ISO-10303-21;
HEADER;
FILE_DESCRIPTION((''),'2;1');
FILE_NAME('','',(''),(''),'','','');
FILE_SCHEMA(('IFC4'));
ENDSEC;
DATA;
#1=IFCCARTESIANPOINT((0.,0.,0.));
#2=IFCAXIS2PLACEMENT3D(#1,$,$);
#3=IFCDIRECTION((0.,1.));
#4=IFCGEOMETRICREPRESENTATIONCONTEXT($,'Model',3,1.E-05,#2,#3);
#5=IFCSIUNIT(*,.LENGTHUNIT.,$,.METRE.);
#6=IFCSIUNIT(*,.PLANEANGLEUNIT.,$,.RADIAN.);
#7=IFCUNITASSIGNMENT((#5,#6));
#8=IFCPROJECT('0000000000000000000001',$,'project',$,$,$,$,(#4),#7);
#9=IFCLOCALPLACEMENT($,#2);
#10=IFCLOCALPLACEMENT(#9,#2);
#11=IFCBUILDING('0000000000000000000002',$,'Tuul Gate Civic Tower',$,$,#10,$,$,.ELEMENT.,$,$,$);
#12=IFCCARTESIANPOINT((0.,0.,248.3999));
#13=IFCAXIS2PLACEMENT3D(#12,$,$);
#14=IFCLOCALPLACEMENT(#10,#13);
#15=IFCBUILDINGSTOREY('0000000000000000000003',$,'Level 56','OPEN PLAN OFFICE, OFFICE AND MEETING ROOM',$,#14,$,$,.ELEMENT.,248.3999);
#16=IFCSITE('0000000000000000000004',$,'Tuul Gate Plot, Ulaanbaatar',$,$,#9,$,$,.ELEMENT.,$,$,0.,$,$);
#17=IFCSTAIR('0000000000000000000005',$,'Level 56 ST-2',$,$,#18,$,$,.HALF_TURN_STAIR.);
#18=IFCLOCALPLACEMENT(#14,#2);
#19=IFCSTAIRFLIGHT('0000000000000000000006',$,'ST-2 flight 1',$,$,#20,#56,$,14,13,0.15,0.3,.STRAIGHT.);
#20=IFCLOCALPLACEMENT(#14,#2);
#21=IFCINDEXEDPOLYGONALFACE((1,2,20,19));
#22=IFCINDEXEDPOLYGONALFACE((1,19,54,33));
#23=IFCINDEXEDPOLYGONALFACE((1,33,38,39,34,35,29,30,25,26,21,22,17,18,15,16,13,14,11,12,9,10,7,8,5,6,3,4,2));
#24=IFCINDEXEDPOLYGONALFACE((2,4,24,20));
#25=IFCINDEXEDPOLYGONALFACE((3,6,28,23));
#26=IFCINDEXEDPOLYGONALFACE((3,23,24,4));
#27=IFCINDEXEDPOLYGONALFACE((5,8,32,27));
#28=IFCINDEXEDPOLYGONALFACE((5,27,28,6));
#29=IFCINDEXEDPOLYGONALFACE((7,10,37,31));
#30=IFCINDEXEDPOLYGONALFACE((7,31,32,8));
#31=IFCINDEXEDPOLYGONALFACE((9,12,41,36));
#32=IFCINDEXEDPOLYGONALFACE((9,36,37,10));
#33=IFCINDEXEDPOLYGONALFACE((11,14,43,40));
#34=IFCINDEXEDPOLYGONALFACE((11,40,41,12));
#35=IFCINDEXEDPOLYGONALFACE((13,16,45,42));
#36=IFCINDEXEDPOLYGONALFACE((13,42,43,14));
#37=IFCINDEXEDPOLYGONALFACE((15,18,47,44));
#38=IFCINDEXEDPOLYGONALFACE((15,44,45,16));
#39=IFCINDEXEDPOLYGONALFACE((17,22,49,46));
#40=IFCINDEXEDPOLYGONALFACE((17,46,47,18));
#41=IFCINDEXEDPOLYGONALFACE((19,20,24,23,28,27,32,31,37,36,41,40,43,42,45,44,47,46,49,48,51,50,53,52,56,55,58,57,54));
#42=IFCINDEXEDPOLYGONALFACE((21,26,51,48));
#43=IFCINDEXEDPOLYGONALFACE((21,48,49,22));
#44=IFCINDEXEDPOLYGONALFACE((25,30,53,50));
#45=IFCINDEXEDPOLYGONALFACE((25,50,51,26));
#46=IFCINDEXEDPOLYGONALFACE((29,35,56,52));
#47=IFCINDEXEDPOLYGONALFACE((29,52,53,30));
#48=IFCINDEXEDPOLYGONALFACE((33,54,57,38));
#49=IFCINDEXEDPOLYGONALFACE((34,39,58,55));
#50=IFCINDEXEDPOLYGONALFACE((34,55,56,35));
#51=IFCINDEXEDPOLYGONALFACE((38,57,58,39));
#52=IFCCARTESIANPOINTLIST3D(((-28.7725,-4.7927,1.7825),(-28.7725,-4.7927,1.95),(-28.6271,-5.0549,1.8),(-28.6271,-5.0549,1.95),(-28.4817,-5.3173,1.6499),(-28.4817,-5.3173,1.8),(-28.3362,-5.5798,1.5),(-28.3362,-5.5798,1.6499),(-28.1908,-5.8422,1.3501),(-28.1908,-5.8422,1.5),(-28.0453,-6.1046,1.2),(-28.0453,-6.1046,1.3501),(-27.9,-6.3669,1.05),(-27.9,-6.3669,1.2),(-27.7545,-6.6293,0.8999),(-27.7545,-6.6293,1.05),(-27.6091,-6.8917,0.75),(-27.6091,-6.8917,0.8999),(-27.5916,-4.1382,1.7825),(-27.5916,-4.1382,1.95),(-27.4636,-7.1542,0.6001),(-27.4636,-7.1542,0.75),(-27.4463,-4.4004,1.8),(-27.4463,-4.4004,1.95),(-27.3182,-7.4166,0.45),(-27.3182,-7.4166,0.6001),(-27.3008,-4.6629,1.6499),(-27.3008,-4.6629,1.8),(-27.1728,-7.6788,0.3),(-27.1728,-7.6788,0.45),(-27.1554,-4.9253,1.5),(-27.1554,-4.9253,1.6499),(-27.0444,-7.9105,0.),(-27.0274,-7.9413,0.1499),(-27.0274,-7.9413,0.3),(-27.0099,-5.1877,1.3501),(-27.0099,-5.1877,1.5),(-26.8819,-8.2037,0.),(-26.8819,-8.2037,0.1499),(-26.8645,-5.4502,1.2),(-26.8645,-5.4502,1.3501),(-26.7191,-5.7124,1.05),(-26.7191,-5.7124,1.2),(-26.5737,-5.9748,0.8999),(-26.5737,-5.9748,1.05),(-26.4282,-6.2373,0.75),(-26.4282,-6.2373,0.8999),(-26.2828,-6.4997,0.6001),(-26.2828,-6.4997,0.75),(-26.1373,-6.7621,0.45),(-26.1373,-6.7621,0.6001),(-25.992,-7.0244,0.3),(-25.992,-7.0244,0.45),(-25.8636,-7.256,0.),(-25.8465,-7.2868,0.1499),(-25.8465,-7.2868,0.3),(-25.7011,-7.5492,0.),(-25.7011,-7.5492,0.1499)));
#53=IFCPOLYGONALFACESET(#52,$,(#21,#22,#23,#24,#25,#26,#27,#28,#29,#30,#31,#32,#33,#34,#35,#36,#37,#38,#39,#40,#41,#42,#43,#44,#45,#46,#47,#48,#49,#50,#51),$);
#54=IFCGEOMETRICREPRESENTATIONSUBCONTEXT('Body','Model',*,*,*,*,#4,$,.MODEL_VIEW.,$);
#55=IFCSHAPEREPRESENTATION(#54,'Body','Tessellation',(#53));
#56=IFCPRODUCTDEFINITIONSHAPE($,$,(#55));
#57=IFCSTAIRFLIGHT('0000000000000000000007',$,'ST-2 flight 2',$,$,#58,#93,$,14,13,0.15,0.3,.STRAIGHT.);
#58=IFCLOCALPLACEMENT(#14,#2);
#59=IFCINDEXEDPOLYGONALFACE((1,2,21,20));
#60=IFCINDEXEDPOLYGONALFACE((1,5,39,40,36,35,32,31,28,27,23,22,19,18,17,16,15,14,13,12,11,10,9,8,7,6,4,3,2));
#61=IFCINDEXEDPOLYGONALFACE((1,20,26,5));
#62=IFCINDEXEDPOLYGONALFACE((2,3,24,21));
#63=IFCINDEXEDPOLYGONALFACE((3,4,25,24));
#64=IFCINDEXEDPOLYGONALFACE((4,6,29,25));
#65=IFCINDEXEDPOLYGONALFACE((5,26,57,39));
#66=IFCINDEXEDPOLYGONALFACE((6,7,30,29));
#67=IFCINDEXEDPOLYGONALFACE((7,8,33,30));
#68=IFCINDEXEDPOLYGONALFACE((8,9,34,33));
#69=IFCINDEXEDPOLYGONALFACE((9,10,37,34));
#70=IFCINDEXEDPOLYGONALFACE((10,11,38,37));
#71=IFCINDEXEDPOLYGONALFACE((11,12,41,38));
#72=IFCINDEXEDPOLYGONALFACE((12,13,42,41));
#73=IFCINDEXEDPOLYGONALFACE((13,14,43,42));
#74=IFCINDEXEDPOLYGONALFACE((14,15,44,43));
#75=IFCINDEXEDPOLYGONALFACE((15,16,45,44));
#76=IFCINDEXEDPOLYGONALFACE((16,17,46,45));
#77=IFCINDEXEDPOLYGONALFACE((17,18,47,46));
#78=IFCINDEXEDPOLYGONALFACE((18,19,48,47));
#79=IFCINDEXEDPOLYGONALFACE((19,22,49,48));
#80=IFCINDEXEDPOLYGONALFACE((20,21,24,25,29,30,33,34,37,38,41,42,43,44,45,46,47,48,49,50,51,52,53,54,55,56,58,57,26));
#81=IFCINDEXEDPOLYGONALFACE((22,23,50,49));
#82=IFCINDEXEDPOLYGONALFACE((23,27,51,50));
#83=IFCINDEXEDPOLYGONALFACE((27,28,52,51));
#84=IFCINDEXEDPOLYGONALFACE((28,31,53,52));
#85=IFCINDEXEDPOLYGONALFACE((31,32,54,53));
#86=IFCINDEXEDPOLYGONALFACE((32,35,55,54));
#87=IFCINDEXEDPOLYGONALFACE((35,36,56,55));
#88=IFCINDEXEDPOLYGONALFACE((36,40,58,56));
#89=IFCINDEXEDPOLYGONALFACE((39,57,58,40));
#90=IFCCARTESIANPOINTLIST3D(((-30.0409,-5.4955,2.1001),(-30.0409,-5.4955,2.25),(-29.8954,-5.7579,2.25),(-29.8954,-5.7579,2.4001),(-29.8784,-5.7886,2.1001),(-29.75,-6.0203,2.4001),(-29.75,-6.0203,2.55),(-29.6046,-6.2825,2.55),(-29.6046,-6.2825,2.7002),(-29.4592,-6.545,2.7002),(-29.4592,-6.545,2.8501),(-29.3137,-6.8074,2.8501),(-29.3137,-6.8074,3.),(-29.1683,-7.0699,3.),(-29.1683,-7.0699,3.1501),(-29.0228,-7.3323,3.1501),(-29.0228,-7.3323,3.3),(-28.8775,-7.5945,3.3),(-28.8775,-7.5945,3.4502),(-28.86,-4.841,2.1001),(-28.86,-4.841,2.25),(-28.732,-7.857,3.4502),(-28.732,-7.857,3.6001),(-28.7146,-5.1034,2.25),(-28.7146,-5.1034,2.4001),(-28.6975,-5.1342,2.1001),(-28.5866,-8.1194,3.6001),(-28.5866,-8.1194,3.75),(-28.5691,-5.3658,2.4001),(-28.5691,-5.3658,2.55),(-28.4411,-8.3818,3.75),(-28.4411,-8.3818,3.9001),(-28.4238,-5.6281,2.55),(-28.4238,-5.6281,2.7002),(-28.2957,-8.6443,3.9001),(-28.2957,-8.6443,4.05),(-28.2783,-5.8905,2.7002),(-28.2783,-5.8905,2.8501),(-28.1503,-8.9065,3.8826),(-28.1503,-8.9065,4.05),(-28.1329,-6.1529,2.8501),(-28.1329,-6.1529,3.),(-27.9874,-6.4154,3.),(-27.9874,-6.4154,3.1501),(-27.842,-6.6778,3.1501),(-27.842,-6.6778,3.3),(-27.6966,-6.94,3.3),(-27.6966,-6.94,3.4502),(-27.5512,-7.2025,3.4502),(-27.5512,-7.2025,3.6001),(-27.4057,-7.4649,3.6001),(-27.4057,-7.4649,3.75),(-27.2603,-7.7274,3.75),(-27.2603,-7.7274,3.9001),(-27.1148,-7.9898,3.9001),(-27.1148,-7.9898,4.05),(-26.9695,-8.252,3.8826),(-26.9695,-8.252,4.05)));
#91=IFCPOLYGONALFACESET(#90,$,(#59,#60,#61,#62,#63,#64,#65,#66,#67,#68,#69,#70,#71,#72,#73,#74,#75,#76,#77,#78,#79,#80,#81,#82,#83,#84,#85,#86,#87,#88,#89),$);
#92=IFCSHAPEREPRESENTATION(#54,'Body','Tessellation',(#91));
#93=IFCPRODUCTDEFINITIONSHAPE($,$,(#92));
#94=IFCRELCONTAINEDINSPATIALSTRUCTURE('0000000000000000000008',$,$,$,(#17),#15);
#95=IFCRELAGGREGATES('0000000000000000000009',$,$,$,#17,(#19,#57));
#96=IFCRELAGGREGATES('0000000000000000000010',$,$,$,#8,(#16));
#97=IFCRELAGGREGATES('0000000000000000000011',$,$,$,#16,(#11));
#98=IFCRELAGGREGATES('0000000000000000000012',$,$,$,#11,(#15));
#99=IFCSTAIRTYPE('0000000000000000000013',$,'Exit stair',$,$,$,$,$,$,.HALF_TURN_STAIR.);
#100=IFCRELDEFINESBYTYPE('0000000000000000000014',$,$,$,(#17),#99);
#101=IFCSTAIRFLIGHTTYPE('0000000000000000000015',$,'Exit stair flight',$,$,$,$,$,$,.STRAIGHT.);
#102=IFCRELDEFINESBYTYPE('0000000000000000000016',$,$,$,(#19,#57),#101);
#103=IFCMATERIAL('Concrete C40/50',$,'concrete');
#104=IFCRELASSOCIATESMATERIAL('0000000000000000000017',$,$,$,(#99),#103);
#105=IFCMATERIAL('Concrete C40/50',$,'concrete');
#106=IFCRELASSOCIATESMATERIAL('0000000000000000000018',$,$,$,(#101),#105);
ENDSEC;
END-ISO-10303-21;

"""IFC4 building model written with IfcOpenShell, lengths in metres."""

from ifc_helpers import new_model, si_unit, direction, frame, origin, place, context, subcontext, project, spatial, polyline, outline, extrude, material, type_object, element, aggregate, save


model = new_model("IFC4")

# Units and contexts
model_context = context("Model", 3, precision=1e-05, world=origin(), true_north=direction((0.0, 1.0)))
body_context = subcontext(model_context, "Body", "Model", "MODEL_VIEW")
ifc_project = project(units=[si_unit("LENGTHUNIT", "METRE"), si_unit("PLANEANGLEUNIT", "RADIAN")], contexts=[model_context])

# Site, building, storey
site_placement = place(None, origin())
site = spatial("IfcSite", under=ifc_project, at=site_placement, Name="Tuul Gate Plot, Ulaanbaatar", CompositionType="ELEMENT", RefElevation=0.0)
building_placement = place(site_placement, origin())
building = spatial("IfcBuilding", under=site, at=building_placement, Name="Tuul Gate Civic Tower", CompositionType="ELEMENT")
storey_placement = place(building_placement, frame((0.0, 0.0, 248.3999)))
storey = spatial("IfcBuildingStorey", under=building, at=storey_placement, Name="Level 56", Description="OPEN PLAN OFFICE, OFFICE AND MEETING ROOM", CompositionType="ELEMENT", Elevation=248.3999)

# Stair, stair flights
ifc_material_1 = material(Name="Concrete C40/50", Category="concrete")
stair_type = type_object("IfcStairType", Name="Exit stair", PredefinedType="HALF_TURN_STAIR", material=ifc_material_1)
stair_placement = place(storey_placement, origin())
stair = element("IfcStair", 1, at=stair_placement, inside=storey, type_object=stair_type, Name="Level 56 ST-2", PredefinedType="HALF_TURN_STAIR")
ifc_material_2 = material(Name="Concrete C40/50", Category="concrete")
stair_flight_type = type_object("IfcStairFlightType", Name="Exit stair flight", PredefinedType="STRAIGHT", material=ifc_material_2)
stair_flight_1_placement = place(storey_placement, frame((-26.2915, -7.8765, 0.0), z_axis=(0.0, 0.0, 1.0), x_axis=(-0.484762, 0.874646, 0.0)))
stair_flight_1 = element("IfcStairFlight", 2, at=stair_flight_1_placement, type_object=stair_flight_type, Name="ST-2 flight 1", NumberOfRisers=14, NumberOfTreads=13, PredefinedType="STRAIGHT", RiserHeight=0.15, TreadLength=0.3, context=body_context, shape_type="SweptSolid", body=[
    extrude(outline(polyline([(0.0, 0.0), (0.0, 0.1499), (0.3, 0.1499), (0.3, 0.3), (0.6001, 0.3), (0.6001, 0.45), (0.8999, 0.45), (0.8999, 0.6001), (1.2, 0.6001), (1.2, 0.75), (1.5, 0.75), (1.5, 0.8999), (1.8, 0.8999), (1.8, 1.05), (2.1001, 1.05), (2.1001, 1.2), (2.3999, 1.2), (2.3999, 1.3501), (2.7, 1.3501), (2.7, 1.5), (3.0, 1.5), (3.0, 1.6499), (3.3, 1.6499), (3.3, 1.8), (3.6001, 1.8), (3.6001, 1.95), (3.8999, 1.95), (3.8999, 2.1001), (3.8999, 1.7825), (0.3352, 0.0), (0.0, 0.0)])), frame((0.0, 0.675, 0.0), z_axis=(0.0, -1.0, 0.0), x_axis=(1.0, 0.0, 0.0)), (0.0, 0.0, 1.0), 1.3501),
])
stair_flight_2_placement = place(storey_placement, frame((-29.4504, -5.1682, 2.1001), z_axis=(0.0, 0.0, 1.0), x_axis=(0.484762, -0.874646, 0.0)))
stair_flight_2 = element("IfcStairFlight", 3, at=stair_flight_2_placement, type_object=stair_flight_type, Name="ST-2 flight 2", NumberOfRisers=14, NumberOfTreads=13, PredefinedType="STRAIGHT", RiserHeight=0.15, TreadLength=0.3, context=body_context, shape_type="SweptSolid", body=[
    extrude(outline(polyline([(0.0, 0.0), (0.0, 0.1499), (0.3, 0.1499), (0.3, 0.3), (0.6001, 0.3), (0.6001, 0.45), (0.8999, 0.45), (0.8999, 0.6001), (1.2, 0.6001), (1.2, 0.75), (1.5, 0.75), (1.5, 0.8999), (1.8, 0.8999), (1.8, 1.05), (2.1001, 1.05), (2.1001, 1.2), (2.3999, 1.2), (2.3999, 1.3501), (2.7, 1.3501), (2.7, 1.5), (3.0, 1.5), (3.0, 1.6499), (3.3, 1.6499), (3.3, 1.8), (3.6001, 1.8), (3.6001, 1.95), (3.8999, 1.95), (3.8999, 2.1001), (3.8999, 1.7825), (0.3352, 0.0), (0.0, 0.0)])), frame((0.0, 0.675, 0.0), z_axis=(0.0, -1.0, 0.0), x_axis=(1.0, 0.0, 0.0)), (0.0, 0.0, 1.0), 1.3501),
])
aggregate(stair, [stair_flight_1, stair_flight_2])

save(model, "model.ifc")
